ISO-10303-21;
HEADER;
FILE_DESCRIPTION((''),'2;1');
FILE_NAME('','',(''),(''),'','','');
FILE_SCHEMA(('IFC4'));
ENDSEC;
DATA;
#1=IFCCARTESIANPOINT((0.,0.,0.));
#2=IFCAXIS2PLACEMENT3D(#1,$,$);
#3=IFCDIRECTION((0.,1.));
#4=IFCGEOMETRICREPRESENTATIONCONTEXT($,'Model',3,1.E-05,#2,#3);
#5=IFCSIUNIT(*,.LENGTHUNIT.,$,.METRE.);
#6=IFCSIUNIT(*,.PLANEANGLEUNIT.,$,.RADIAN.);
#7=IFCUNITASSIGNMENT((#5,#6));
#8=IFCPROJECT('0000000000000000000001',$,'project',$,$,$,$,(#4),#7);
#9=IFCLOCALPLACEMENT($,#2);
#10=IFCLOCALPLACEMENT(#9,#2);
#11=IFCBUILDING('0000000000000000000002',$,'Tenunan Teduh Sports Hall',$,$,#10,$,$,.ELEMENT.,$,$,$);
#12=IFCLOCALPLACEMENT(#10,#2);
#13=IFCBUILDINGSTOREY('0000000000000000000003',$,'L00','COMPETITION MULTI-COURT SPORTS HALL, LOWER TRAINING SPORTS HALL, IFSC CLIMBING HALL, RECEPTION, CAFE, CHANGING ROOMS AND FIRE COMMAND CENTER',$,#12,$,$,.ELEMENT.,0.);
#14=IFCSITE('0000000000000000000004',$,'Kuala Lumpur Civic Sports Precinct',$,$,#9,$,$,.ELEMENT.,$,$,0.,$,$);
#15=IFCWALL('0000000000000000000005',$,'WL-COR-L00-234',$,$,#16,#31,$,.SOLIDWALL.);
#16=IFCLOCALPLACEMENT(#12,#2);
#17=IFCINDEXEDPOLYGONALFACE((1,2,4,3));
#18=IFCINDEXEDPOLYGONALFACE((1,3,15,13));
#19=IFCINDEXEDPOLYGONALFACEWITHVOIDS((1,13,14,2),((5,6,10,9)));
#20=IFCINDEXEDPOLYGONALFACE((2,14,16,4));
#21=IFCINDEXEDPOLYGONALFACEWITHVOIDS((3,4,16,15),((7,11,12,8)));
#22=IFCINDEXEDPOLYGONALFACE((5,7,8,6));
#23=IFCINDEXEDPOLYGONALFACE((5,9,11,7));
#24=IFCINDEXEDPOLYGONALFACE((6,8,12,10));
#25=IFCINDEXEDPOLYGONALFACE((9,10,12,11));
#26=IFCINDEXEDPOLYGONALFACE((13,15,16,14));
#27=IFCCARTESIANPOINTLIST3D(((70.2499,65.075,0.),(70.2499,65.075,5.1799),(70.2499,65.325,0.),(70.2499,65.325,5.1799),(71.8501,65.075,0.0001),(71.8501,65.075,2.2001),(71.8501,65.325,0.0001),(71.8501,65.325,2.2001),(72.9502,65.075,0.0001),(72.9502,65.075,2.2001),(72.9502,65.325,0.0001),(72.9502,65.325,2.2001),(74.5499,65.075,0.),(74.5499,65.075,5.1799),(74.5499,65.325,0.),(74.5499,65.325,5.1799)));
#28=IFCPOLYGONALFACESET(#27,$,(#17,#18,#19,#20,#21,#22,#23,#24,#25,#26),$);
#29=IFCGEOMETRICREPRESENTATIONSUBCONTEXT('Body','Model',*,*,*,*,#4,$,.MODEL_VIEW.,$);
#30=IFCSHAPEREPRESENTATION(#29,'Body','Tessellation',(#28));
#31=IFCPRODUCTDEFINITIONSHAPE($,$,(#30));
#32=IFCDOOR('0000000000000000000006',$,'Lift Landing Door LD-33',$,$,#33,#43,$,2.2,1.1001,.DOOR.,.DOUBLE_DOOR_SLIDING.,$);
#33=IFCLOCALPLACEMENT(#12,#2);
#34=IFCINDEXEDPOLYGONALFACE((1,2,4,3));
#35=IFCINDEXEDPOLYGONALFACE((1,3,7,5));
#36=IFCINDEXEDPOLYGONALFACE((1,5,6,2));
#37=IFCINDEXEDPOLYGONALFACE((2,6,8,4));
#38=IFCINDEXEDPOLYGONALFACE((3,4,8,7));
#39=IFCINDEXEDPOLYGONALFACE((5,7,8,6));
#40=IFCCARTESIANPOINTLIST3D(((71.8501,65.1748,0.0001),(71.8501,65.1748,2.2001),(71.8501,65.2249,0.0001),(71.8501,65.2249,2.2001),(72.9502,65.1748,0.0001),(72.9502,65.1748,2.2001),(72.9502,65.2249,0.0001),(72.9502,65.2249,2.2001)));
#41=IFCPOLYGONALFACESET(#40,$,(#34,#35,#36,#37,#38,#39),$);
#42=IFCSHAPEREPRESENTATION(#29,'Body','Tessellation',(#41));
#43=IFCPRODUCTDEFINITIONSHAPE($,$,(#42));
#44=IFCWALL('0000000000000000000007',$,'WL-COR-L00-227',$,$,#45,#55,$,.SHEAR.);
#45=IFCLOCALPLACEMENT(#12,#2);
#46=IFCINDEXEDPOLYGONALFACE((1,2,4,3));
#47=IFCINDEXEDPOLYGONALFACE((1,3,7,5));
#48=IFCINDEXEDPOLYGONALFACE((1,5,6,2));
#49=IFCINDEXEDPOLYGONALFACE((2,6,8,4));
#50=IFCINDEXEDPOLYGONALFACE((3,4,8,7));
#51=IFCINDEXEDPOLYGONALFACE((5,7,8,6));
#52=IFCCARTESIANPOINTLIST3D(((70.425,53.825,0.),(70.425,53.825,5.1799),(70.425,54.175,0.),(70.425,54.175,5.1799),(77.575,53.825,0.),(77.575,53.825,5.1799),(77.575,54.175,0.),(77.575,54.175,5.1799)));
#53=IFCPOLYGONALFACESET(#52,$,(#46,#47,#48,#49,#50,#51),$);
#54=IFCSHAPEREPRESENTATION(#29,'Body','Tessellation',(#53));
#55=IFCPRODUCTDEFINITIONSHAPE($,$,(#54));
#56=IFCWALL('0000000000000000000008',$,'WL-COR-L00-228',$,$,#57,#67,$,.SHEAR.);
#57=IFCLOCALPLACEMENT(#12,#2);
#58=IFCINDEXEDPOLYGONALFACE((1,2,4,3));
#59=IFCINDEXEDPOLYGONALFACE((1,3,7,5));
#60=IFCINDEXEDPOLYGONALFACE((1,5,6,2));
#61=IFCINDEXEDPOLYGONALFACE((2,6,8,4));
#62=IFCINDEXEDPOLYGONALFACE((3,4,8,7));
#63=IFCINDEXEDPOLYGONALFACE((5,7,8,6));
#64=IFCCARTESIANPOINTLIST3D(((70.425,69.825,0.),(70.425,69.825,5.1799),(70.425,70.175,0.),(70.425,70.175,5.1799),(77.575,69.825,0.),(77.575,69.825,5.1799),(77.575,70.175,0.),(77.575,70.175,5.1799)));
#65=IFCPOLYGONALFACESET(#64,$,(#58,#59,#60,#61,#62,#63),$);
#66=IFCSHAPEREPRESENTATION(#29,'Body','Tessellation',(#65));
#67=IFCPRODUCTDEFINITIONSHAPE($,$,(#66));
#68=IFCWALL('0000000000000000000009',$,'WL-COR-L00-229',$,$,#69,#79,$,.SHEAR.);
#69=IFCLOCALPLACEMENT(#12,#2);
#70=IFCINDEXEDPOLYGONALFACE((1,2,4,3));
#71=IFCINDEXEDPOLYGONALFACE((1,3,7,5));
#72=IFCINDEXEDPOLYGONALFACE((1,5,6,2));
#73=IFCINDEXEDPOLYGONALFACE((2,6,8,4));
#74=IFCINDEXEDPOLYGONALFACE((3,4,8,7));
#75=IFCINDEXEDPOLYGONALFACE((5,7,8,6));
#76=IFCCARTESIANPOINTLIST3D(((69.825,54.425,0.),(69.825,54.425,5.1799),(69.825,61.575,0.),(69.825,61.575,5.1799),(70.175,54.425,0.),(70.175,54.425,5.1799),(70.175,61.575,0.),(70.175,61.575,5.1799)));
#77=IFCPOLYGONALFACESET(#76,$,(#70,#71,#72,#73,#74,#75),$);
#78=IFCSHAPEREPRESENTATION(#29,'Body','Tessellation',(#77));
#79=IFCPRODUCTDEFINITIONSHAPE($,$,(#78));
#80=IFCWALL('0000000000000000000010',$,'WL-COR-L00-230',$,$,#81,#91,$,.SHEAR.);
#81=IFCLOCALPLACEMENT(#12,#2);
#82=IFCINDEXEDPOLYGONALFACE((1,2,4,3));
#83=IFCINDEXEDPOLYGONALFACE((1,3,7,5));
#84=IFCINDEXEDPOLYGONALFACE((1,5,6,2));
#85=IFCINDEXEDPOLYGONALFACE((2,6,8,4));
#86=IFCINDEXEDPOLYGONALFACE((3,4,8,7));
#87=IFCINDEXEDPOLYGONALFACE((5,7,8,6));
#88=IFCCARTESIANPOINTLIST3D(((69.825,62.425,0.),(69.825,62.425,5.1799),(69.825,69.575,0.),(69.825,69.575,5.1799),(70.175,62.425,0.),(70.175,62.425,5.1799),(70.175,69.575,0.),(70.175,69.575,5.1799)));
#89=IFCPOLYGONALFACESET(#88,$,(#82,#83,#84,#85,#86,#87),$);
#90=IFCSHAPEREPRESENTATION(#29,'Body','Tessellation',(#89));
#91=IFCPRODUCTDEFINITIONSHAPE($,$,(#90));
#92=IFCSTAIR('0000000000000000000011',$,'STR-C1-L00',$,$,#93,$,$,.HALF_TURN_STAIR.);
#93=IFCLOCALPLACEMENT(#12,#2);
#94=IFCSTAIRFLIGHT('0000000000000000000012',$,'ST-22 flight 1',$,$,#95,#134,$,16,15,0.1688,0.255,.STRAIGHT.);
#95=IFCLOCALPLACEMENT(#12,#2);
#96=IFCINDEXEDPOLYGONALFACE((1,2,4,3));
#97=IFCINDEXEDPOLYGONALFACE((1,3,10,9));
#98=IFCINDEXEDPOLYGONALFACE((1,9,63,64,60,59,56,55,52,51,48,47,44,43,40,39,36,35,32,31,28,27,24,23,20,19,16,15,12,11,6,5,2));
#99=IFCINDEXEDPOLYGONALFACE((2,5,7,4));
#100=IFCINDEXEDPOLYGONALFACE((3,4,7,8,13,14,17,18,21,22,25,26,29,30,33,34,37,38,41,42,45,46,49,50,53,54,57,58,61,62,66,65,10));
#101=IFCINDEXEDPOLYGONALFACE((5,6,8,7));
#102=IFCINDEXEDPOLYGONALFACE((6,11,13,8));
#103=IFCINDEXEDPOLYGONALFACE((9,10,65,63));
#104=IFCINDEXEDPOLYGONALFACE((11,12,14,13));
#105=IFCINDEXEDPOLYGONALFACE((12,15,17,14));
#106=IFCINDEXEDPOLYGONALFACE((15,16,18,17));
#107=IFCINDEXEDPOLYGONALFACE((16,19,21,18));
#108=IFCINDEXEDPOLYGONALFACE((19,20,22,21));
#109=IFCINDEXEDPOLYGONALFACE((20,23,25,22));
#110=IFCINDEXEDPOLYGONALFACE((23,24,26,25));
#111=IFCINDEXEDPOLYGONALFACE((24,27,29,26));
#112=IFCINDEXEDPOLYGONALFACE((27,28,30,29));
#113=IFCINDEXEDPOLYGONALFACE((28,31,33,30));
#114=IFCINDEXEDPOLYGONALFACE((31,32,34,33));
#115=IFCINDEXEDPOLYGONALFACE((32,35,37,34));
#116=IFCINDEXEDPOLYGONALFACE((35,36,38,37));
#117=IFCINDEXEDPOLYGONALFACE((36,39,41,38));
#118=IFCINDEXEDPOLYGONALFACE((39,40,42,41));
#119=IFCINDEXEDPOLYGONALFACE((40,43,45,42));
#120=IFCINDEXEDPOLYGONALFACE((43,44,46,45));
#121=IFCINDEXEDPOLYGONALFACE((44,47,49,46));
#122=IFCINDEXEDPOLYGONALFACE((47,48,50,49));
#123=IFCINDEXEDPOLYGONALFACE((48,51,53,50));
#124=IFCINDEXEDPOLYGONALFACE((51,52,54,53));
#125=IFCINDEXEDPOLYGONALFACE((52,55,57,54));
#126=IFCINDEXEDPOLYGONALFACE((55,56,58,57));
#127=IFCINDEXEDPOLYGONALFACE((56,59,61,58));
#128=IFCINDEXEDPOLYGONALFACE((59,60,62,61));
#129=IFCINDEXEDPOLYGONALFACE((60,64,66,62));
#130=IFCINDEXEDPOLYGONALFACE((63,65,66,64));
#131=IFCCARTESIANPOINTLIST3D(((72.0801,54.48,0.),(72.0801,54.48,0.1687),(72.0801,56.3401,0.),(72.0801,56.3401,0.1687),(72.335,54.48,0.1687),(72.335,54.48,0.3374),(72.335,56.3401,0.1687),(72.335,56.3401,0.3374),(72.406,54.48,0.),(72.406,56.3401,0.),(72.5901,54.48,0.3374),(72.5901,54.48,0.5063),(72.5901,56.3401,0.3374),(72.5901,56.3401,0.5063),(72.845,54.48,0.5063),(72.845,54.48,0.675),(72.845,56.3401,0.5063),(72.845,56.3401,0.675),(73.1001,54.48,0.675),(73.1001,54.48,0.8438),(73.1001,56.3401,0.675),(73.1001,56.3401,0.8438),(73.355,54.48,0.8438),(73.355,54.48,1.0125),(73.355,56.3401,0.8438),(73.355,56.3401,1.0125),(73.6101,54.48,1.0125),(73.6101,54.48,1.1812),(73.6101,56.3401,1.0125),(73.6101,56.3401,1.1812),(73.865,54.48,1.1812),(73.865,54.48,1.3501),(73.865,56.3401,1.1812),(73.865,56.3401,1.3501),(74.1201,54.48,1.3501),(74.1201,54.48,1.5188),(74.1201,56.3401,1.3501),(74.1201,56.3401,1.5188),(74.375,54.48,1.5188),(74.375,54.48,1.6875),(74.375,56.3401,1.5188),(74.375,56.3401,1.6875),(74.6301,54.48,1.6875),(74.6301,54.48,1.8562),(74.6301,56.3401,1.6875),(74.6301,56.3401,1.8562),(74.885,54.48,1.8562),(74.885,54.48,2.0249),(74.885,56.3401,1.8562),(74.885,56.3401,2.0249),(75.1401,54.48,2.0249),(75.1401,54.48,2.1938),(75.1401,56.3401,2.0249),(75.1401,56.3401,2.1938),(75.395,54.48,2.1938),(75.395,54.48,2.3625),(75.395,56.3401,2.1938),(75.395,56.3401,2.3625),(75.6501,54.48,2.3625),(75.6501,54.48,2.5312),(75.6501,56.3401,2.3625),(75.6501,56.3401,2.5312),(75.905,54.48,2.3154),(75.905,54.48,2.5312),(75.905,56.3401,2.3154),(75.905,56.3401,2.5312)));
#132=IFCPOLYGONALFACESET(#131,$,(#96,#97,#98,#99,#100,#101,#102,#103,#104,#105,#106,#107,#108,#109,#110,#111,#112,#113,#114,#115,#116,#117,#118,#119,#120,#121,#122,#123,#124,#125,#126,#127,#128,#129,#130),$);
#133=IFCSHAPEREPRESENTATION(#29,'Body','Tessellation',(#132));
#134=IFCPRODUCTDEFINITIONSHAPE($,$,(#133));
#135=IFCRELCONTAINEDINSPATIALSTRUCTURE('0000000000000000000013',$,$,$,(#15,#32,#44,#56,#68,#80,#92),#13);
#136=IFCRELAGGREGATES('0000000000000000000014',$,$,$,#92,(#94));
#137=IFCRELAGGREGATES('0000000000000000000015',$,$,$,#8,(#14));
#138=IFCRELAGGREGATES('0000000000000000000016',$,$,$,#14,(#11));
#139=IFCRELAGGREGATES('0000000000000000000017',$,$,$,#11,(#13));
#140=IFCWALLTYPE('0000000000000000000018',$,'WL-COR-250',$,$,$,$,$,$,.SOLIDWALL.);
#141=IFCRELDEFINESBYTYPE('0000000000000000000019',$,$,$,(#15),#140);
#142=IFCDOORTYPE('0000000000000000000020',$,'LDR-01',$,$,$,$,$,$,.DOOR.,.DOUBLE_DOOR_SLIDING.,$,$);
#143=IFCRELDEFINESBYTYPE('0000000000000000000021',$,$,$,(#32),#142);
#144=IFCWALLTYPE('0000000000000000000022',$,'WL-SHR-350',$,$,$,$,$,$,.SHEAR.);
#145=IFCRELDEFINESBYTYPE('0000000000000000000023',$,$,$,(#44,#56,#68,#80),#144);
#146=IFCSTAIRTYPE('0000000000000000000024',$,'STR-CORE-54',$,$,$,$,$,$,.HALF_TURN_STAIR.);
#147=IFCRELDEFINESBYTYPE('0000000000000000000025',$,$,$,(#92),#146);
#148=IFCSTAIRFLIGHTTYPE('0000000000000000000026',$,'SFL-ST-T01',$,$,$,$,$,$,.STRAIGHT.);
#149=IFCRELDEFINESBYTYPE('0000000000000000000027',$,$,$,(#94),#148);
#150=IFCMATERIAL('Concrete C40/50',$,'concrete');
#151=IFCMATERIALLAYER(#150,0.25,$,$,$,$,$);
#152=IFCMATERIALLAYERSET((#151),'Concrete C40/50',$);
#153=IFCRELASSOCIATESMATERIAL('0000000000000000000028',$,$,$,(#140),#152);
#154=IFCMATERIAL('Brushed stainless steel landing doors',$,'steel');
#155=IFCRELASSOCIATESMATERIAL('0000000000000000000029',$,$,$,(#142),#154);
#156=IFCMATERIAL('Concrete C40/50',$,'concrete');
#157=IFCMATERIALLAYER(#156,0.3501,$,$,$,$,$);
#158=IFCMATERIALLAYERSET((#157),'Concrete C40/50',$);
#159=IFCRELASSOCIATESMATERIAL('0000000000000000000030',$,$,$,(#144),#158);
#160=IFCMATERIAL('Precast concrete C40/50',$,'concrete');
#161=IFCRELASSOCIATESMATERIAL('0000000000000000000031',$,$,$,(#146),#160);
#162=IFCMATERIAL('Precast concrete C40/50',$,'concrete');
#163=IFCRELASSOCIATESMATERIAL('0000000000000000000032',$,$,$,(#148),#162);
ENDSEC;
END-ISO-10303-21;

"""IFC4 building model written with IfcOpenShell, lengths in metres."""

from ifc_helpers import new_model, si_unit, direction, frame, frame_2d, origin, place, context, subcontext, project, spatial, polyline, rectangle, outline, extrude, material, layer, layer_set, type_object, element, fill, aggregate, save


model = new_model("IFC4")

# Units and contexts
model_context = context("Model", 3, precision=1e-05, world=origin(), true_north=direction((0.0, 1.0)))
body_context = subcontext(model_context, "Body", "Model", "MODEL_VIEW")
ifc_project = project(units=[si_unit("LENGTHUNIT", "METRE"), si_unit("PLANEANGLEUNIT", "RADIAN")], contexts=[model_context])

# Site, building, storey
site_placement = place(None, origin())
site = spatial("IfcSite", under=ifc_project, at=site_placement, Name="Kuala Lumpur Civic Sports Precinct", CompositionType="ELEMENT", RefElevation=0.0)
building_placement = place(site_placement, origin())
building = spatial("IfcBuilding", under=site, at=building_placement, Name="Tenunan Teduh Sports Hall", CompositionType="ELEMENT")
storey_placement = place(building_placement, origin())
storey = spatial("IfcBuildingStorey", under=building, at=storey_placement, Name="L00", Description="COMPETITION MULTI-COURT SPORTS HALL, LOWER TRAINING SPORTS HALL, IFSC CLIMBING HALL, RECEPTION, CAFE, CHANGING ROOMS AND FIRE COMMAND CENTER", CompositionType="ELEMENT", Elevation=0.0)

# Wall, opening, door
ifc_material_1 = material(Name="Concrete C40/50", Category="concrete")
ifc_layer_1 = layer(ifc_material_1, 0.25)
ifc_layer_set_1 = layer_set([ifc_layer_1], Name="Concrete C40/50")
wall_type_1 = type_object("IfcWallType", Name="WL-COR-250", PredefinedType="SOLIDWALL", material=ifc_layer_set_1)
wall_1_placement = place(storey_placement, frame((70.25, 65.2, 0.0), z_axis=(0.0, 0.0, 1.0), x_axis=(1.0, 0.0, 0.0)))
wall_1 = element("IfcWall", 1, at=wall_1_placement, inside=storey, type_object=wall_type_1, Name="WL-COR-L00-234", PredefinedType="SOLIDWALL", context=body_context, shape_type="SweptSolid", body=[
    extrude(rectangle(XDim=4.3, YDim=0.25, at=frame_2d((2.1499, 0.0))), origin(), (0.0, 0.0, 1.0), 5.1799),
])
opening_1_placement = place(wall_1_placement, frame((1.6001, 0.0, 0.0)))
opening_1 = element("IfcOpeningElement", 2, at=opening_1_placement, cuts=wall_1, PredefinedType="OPENING", context=body_context, shape_type="SweptSolid", body=[
    extrude(rectangle(XDim=1.1001, YDim=2.2, at=frame_2d((0.55, 1.1001))), frame((0.0, 0.135, 0.0), z_axis=(0.0, -1.0, 0.0), x_axis=(1.0, 0.0, 0.0)), (0.0, 0.0, 1.0), 0.27),
])
ifc_material_2 = material(Name="Brushed stainless steel landing doors", Category="steel")
door_type_1 = type_object("IfcDoorType", Name="LDR-01", OperationType="DOUBLE_DOOR_SLIDING", PredefinedType="DOOR", material=ifc_material_2)
door_1_placement = place(opening_1_placement, origin())
door_1 = element("IfcDoor", 3, at=door_1_placement, inside=storey, type_object=door_type_1, Name="Lift Landing Door LD-33", OperationType="DOUBLE_DOOR_SLIDING", OverallHeight=2.2, OverallWidth=1.1001, PredefinedType="DOOR", context=body_context, shape_type="SweptSolid", body=[
    extrude(rectangle(XDim=1.1001, YDim=2.2, at=frame_2d((0.55, 1.1001))), frame((0.0, 0.0249, 0.0), z_axis=(0.0, -1.0, 0.0), x_axis=(1.0, 0.0, 0.0)), (0.0, 0.0, 1.0), 0.05),
])
fill(opening_1, door_1)

# Walls
ifc_material_3 = material(Name="Concrete C40/50", Category="concrete")
ifc_layer_2 = layer(ifc_material_3, 0.3501)
ifc_layer_set_2 = layer_set([ifc_layer_2], Name="Concrete C40/50")
wall_type_2 = type_object("IfcWallType", Name="WL-SHR-350", PredefinedType="SHEAR", material=ifc_layer_set_2)
for number, where, z_axis, x_axis, name in (
    (4, (70.425, 54.0, 0.0), (0.0, 0.0, 1.0), (1.0, 0.0, 0.0), "WL-COR-L00-227"),
    (5, (70.425, 70.0, 0.0), (0.0, 0.0, 1.0), (1.0, 0.0, 0.0), "WL-COR-L00-228"),
    (6, (70.0, 54.425, 0.0), (0.0, 0.0, 1.0), (0.0, 1.0, 0.0), "WL-COR-L00-229"),
    (7, (70.0, 62.425, 0.0), (0.0, 0.0, 1.0), (0.0, 1.0, 0.0), "WL-COR-L00-230"),
):
    element("IfcWall", number, at=place(storey_placement, frame(where, z_axis=z_axis, x_axis=x_axis)), inside=storey, type_object=wall_type_2, Name=name, PredefinedType="SHEAR", context=body_context, shape_type="SweptSolid", body=[
        extrude(rectangle(XDim=7.1499, YDim=0.3501, at=frame_2d((3.575, 0.0))), origin(), (0.0, 0.0, 1.0), 5.1799),
    ])

# Stair, stair flight
ifc_material_4 = material(Name="Precast concrete C40/50", Category="concrete")
stair_type = type_object("IfcStairType", Name="STR-CORE-54", PredefinedType="HALF_TURN_STAIR", material=ifc_material_4)
stair_placement = place(storey_placement, origin())
stair = element("IfcStair", 8, at=stair_placement, inside=storey, type_object=stair_type, Name="STR-C1-L00", PredefinedType="HALF_TURN_STAIR")
ifc_material_5 = material(Name="Precast concrete C40/50", Category="concrete")
stair_flight_type = type_object("IfcStairFlightType", Name="SFL-ST-T01", PredefinedType="STRAIGHT", material=ifc_material_5)
stair_flight_placement = place(storey_placement, frame((72.0801, 55.4099, 0.0), z_axis=(0.0, 0.0, 1.0), x_axis=(1.0, 0.0, 0.0)))
stair_flight = element("IfcStairFlight", 9, at=stair_flight_placement, type_object=stair_flight_type, Name="ST-22 flight 1", NumberOfRisers=16, NumberOfTreads=15, PredefinedType="STRAIGHT", RiserHeight=0.1688, TreadLength=0.255, context=body_context, shape_type="SweptSolid", body=[
    extrude(outline(polyline([(0.0, 0.0), (0.0, 0.1687), (0.2549, 0.1687), (0.2549, 0.3374), (0.51, 0.3374), (0.51, 0.5063), (0.7649, 0.5063), (0.7649, 0.675), (1.02, 0.675), (1.02, 0.8438), (1.2749, 0.8438), (1.2749, 1.0125), (1.53, 1.0125), (1.53, 1.1812), (1.7849, 1.1812), (1.7849, 1.3501), (2.04, 1.3501), (2.04, 1.5188), (2.2949, 1.5188), (2.2949, 1.6875), (2.55, 1.6875), (2.55, 1.8562), (2.8049, 1.8562), (2.8049, 2.0249), (3.0601, 2.0249), (3.0601, 2.1938), (3.3149, 2.1938), (3.3149, 2.3625), (3.5701, 2.3625), (3.5701, 2.5312), (3.825, 2.5312), (3.825, 2.7), (3.825, 2.3154), (0.3259, 0.0), (0.0, 0.0)])), frame((0.0, 0.9302, 0.0), z_axis=(0.0, -1.0, 0.0), x_axis=(1.0, 0.0, 0.0)), (0.0, 0.0, 1.0), 1.8601),
])

aggregate(stair, [stair_flight])

save(model, "model.ifc")
